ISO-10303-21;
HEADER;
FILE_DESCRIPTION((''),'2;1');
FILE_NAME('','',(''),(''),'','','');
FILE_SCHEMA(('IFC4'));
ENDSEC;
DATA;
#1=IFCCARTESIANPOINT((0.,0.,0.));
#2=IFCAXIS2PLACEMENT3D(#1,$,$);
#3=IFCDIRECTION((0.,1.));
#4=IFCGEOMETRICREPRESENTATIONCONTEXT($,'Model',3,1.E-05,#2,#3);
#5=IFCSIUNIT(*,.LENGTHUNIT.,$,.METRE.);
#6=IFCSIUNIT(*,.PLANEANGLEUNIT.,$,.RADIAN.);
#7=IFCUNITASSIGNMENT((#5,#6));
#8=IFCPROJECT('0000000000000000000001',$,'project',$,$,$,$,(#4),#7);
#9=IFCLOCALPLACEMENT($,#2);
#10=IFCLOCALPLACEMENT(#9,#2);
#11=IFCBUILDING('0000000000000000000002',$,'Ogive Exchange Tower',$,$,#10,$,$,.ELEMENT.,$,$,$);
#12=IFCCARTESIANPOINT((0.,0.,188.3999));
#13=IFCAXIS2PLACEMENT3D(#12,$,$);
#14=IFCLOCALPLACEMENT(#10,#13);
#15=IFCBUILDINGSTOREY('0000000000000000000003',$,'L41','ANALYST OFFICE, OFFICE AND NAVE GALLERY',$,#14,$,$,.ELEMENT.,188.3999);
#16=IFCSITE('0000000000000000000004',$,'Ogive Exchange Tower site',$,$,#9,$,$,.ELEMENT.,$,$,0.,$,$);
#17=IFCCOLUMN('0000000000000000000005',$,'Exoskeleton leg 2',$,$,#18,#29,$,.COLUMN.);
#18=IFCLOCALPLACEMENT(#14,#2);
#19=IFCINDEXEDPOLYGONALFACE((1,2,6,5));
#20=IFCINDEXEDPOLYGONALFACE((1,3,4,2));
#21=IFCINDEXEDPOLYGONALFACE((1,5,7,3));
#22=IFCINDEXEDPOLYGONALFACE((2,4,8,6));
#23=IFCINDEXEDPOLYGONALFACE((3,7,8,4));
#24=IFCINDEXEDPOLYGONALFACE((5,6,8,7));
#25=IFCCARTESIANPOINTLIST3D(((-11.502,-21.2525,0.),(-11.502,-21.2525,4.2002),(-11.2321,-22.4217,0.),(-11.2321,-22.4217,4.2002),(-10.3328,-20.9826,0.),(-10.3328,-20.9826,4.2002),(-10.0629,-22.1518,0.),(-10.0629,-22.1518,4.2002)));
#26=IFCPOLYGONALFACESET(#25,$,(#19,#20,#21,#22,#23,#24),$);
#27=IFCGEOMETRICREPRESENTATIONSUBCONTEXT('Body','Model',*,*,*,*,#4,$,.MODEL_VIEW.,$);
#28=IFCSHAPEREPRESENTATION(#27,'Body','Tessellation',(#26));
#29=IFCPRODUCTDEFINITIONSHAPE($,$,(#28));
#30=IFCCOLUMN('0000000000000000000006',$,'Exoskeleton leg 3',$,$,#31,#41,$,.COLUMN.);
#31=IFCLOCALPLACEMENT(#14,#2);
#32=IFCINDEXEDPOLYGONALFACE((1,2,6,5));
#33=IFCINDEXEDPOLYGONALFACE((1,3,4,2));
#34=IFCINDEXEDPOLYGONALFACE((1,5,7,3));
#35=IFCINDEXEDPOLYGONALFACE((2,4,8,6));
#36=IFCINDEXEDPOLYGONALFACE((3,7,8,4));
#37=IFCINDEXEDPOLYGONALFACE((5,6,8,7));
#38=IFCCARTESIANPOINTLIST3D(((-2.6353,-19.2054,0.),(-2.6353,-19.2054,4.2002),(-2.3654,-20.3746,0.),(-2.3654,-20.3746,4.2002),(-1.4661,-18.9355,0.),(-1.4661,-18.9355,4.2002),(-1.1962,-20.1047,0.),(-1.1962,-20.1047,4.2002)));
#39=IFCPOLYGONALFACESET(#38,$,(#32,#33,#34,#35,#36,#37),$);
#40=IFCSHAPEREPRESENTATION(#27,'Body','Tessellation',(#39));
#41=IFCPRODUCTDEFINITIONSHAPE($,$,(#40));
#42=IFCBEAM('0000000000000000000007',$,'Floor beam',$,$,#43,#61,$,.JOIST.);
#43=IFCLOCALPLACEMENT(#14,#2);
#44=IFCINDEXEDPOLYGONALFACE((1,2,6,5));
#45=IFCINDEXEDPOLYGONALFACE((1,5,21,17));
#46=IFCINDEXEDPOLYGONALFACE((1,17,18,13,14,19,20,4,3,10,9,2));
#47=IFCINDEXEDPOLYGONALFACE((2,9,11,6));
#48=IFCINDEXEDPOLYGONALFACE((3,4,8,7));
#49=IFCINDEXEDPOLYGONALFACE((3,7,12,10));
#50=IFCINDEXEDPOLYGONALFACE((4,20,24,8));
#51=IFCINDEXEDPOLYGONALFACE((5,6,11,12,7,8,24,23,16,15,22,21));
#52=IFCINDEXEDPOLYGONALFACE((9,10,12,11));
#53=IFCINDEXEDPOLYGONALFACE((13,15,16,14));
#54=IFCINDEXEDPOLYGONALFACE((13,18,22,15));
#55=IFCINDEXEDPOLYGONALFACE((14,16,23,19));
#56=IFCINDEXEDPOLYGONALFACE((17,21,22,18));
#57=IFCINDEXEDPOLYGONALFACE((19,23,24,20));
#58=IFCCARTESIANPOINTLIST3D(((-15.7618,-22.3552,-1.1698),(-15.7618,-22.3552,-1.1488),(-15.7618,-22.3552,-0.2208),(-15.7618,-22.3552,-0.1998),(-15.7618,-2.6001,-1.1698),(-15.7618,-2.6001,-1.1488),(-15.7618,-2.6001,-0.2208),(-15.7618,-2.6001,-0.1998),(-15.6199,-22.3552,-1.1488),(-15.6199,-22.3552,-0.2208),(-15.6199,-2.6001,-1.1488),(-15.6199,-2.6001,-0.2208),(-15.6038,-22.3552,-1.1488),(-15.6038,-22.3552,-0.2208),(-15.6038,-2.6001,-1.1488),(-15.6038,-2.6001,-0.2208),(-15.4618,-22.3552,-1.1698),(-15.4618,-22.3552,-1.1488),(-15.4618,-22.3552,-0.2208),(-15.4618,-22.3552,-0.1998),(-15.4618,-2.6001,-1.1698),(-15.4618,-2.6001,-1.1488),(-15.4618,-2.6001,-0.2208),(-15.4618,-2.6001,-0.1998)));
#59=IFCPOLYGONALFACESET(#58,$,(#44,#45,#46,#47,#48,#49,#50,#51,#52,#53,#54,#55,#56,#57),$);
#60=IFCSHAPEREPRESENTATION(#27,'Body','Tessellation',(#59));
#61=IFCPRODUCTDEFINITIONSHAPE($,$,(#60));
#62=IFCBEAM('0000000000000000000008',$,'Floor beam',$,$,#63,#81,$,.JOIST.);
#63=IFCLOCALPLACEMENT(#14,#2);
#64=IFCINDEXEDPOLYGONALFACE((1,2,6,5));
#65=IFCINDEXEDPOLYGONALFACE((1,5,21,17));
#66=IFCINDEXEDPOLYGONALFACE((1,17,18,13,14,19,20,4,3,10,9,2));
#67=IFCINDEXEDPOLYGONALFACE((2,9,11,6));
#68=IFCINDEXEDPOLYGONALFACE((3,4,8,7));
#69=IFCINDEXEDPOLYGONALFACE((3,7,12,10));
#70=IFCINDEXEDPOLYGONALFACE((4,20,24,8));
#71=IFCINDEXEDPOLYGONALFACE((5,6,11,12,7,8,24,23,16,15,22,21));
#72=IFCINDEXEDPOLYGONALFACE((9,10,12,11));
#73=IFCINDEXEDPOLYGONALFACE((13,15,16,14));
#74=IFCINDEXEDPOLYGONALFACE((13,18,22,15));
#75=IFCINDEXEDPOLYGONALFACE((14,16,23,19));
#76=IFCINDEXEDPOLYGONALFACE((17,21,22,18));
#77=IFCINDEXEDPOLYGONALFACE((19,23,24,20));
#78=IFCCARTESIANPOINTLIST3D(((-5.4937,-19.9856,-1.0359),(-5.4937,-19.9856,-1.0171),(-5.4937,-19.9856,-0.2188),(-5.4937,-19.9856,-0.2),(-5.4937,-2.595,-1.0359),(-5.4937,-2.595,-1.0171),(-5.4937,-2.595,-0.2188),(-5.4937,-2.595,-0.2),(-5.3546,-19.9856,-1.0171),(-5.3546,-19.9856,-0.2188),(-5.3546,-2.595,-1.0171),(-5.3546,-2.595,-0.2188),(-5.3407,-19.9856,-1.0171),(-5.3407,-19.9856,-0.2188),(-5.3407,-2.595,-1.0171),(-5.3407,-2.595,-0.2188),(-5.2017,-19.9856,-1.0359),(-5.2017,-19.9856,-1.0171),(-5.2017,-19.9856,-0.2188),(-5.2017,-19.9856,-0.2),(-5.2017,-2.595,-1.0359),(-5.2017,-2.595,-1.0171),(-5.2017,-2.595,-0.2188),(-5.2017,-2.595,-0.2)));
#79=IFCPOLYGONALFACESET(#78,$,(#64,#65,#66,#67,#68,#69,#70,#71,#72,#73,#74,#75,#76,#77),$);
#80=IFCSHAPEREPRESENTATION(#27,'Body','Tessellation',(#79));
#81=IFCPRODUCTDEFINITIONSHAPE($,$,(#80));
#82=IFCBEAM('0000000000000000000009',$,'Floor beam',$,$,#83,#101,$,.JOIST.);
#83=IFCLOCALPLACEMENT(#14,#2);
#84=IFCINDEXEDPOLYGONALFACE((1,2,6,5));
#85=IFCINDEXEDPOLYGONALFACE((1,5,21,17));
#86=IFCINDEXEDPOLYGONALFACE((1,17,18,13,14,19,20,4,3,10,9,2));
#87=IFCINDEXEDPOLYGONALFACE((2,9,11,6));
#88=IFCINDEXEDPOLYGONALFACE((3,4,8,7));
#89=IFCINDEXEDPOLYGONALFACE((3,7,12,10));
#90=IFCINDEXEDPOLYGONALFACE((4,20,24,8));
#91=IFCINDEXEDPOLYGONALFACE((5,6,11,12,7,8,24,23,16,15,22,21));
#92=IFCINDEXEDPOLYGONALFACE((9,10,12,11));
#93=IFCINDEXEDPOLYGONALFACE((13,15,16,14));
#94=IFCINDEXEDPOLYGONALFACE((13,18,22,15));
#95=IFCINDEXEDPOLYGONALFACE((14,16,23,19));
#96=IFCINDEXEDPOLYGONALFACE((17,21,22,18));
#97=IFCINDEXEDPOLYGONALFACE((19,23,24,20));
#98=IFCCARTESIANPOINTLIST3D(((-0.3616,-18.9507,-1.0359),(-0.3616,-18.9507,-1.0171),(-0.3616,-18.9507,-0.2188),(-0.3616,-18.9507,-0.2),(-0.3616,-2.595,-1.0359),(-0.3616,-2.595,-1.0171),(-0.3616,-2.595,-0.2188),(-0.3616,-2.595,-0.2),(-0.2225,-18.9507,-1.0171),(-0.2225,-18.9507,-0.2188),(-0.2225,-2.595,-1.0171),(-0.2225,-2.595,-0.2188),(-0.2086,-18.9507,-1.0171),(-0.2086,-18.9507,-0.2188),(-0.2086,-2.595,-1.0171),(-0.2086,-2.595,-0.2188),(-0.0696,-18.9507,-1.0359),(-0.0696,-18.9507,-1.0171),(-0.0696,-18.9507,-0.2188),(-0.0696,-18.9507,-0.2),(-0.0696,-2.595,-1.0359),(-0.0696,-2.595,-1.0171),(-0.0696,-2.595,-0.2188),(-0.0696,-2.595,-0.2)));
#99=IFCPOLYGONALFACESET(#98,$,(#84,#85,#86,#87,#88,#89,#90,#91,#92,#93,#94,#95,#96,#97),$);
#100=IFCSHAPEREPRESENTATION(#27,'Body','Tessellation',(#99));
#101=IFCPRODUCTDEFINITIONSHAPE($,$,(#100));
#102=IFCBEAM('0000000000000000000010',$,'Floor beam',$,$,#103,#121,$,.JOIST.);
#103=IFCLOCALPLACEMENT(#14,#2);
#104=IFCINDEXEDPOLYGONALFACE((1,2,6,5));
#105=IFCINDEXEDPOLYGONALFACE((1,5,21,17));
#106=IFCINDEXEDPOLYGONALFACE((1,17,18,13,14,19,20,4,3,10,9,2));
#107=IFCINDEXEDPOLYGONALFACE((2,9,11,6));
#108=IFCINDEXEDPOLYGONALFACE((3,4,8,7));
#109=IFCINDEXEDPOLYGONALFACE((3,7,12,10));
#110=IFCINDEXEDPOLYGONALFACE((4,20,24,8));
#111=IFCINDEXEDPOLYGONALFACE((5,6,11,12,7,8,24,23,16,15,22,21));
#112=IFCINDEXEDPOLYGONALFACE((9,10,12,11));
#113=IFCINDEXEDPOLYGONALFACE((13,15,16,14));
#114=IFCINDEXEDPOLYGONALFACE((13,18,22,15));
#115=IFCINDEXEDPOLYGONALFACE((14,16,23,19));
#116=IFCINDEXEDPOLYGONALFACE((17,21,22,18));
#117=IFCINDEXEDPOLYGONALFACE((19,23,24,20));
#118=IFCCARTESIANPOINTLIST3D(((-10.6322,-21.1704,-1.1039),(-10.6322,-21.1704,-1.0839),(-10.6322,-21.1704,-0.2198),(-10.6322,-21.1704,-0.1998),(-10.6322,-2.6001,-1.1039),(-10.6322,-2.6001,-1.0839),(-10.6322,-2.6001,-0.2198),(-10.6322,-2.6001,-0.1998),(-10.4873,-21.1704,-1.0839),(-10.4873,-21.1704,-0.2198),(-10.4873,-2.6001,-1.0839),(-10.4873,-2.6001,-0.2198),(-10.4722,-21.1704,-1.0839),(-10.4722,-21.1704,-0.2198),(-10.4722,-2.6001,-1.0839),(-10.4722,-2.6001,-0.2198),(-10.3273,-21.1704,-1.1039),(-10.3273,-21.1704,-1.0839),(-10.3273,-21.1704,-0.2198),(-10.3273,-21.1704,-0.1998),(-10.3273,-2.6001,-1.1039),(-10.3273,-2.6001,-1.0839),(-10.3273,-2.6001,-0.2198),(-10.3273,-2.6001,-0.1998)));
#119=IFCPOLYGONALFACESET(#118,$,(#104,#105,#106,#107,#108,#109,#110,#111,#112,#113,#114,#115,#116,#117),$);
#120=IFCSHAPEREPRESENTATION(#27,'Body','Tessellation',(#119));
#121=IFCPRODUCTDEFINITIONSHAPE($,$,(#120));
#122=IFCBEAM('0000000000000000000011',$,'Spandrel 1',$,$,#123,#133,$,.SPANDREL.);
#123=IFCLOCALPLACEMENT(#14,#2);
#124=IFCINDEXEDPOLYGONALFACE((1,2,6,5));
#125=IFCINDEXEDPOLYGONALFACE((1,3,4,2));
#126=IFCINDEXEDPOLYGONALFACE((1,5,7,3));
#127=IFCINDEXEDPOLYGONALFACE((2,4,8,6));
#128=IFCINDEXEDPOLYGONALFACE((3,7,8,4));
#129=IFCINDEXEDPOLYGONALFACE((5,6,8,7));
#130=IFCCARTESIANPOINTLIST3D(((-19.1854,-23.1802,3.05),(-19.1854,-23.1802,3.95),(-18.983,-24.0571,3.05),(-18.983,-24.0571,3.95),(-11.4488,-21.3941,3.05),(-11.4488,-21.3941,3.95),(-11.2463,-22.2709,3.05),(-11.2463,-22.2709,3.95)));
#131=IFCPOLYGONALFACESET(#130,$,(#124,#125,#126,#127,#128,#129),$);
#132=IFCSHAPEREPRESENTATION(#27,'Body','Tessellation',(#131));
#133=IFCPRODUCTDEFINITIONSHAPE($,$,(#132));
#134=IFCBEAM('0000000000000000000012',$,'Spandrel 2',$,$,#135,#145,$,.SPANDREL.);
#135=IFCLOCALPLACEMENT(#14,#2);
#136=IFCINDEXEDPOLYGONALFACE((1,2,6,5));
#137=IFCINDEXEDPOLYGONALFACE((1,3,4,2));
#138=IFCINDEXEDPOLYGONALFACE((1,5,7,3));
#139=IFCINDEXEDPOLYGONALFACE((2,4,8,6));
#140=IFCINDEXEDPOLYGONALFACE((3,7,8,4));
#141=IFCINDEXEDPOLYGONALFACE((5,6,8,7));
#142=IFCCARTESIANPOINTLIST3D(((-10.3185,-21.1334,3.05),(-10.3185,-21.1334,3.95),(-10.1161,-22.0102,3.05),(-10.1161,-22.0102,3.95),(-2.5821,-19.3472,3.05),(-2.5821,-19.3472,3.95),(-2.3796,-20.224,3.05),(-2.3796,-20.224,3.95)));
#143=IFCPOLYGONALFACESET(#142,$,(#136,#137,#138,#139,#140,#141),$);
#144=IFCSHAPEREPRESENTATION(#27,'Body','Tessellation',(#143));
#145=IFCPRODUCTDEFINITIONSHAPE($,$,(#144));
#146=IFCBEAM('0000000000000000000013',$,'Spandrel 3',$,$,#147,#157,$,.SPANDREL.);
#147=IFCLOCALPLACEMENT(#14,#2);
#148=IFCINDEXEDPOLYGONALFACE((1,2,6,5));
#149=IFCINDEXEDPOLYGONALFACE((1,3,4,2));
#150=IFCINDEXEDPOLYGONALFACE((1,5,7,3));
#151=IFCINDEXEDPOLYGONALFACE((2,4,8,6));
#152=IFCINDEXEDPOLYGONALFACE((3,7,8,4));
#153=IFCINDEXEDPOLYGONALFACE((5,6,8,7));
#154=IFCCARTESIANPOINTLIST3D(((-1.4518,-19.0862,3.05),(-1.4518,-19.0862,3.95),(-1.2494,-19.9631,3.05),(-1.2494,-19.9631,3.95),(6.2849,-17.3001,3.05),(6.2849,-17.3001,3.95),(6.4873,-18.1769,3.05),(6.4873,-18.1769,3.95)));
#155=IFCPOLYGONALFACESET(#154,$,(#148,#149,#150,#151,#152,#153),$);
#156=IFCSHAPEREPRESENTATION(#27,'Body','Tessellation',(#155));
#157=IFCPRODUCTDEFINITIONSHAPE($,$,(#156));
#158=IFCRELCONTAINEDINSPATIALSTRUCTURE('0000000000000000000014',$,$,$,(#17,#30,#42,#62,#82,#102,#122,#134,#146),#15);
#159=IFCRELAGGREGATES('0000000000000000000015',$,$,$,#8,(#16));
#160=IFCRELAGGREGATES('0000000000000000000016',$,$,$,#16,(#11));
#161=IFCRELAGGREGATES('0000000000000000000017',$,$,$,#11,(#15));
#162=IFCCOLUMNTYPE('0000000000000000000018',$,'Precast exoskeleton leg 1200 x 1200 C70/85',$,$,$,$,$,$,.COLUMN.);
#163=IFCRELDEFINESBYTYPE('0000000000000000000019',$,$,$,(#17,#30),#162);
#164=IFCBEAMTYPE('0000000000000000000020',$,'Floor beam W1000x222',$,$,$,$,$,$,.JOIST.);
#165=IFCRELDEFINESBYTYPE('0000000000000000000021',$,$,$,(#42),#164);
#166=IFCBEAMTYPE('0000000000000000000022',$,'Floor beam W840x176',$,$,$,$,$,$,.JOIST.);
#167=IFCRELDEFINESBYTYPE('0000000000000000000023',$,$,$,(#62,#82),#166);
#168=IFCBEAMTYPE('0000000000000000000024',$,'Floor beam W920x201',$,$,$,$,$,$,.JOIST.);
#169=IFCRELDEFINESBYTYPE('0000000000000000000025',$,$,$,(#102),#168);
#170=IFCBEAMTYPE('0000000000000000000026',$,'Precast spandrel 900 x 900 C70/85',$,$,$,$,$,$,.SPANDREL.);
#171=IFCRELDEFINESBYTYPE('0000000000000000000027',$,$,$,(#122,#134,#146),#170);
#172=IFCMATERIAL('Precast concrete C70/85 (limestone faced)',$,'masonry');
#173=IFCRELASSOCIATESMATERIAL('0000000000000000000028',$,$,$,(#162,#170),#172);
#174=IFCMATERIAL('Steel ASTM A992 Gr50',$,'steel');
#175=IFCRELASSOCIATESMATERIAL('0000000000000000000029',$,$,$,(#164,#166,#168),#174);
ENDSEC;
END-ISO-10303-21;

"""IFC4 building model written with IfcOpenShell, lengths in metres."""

from ifc_helpers import new_model, si_unit, direction, frame, origin, origin_2d, place, context, subcontext, project, spatial, rectangle, i_section, extrude, material, material_profile, profile_set, type_object, element, save


model = new_model("IFC4")

# Units and contexts
model_context = context("Model", 3, precision=1e-05, world=origin(), true_north=direction((0.0, 1.0)))
body_context = subcontext(model_context, "Body", "Model", "MODEL_VIEW")
ifc_project = project(units=[si_unit("LENGTHUNIT", "METRE"), si_unit("PLANEANGLEUNIT", "RADIAN")], contexts=[model_context])

# Site, building, storey
site_placement = place(None, origin())
site = spatial("IfcSite", under=ifc_project, at=site_placement, Name="Ogive Exchange Tower site", CompositionType="ELEMENT", RefElevation=0.0)
building_placement = place(site_placement, origin())
building = spatial("IfcBuilding", under=site, at=building_placement, Name="Ogive Exchange Tower", CompositionType="ELEMENT")
storey_placement = place(building_placement, frame((0.0, 0.0, 188.3999)))
storey = spatial("IfcBuildingStorey", under=building, at=storey_placement, Name="L41", Description="ANALYST OFFICE, OFFICE AND NAVE GALLERY", CompositionType="ELEMENT", Elevation=188.3999)

# Columns
ifc_material_1 = material(Name="Precast concrete C70/85 (limestone faced)", Category="masonry")
ifc_material_profile_1 = material_profile(ifc_material_1, rectangle(XDim=1.2, YDim=1.2, at=origin_2d()), Name="1200 x 1200")
ifc_profile_set_1 = profile_set([ifc_material_profile_1], Name="Precast concrete C70/85 (limestone faced)")
column_type = type_object("IfcColumnType", Name="Precast exoskeleton leg 1200 x 1200 C70/85", PredefinedType="COLUMN", material=ifc_profile_set_1)
for number, where, z_axis, x_axis, name in (
    (1, (-10.7825, -21.7021, 0.0), (0.0, 0.0, 1.0), (0.97437, 0.224951, 0.0), "Exoskeleton leg 2"),
    (2, (-1.9158, -19.655, 0.0), (0.0, 0.0, 1.0), (0.97437, 0.224951, 0.0), "Exoskeleton leg 3"),
):
    element("IfcColumn", number, at=place(storey_placement, frame(where, z_axis=z_axis, x_axis=x_axis)), inside=storey, type_object=column_type, Name=name, PredefinedType="COLUMN", context=body_context, shape_type="SweptSolid", body=[
        extrude(rectangle(XDim=1.2, YDim=1.2, at=origin_2d()), origin(), (0.0, 0.0, 1.0), 4.2002),
    ])

# Beams
ifc_material_2 = material(Name="Steel ASTM A992 Gr50", Category="steel")
ifc_material_profile_2 = material_profile(ifc_material_2, i_section(OverallWidth=0.3, OverallDepth=0.97, WebThickness=0.0161, FlangeThickness=0.021, at=origin_2d()), Name="W1000x222")
ifc_profile_set_2 = profile_set([ifc_material_profile_2], Name="Steel ASTM A992 Gr50")
beam_type_1 = type_object("IfcBeamType", Name="Floor beam W1000x222", PredefinedType="JOIST", material=ifc_profile_set_2)
beam_1_placement = place(storey_placement, frame((-15.6118, -22.3552, -0.6848), z_axis=(0.0, 1.0, 0.0), x_axis=(-1.0, 0.0, 0.0)))
element("IfcBeam", 3, at=beam_1_placement, inside=storey, type_object=beam_type_1, Name="Floor beam", PredefinedType="JOIST", context=body_context, shape_type="SweptSolid", body=[
    extrude(i_section(OverallWidth=0.3, OverallDepth=0.97, WebThickness=0.0161, FlangeThickness=0.021, at=origin_2d()), origin(), (0.0, 0.0, 1.0), 19.7551),
])
ifc_material_profile_3 = material_profile(ifc_material_2, i_section(OverallWidth=0.292, OverallDepth=0.8359, WebThickness=0.0139, FlangeThickness=0.0188, at=origin_2d()), Name="W840x176")
ifc_profile_set_3 = profile_set([ifc_material_profile_3], Name="Steel ASTM A992 Gr50")
beam_type_2 = type_object("IfcBeamType", Name="Floor beam W840x176", PredefinedType="JOIST", material=ifc_profile_set_3)
beam_2_placement = place(storey_placement, frame((-5.3477, -19.9856, -0.6179), z_axis=(0.0, 1.0, 0.0), x_axis=(-1.0, 0.0, 0.0)))
element("IfcBeam", 4, at=beam_2_placement, inside=storey, type_object=beam_type_2, Name="Floor beam", PredefinedType="JOIST", context=body_context, shape_type="SweptSolid", body=[
    extrude(i_section(OverallWidth=0.292, OverallDepth=0.8359, WebThickness=0.0139, FlangeThickness=0.0188, at=origin_2d()), origin(), (0.0, 0.0, 1.0), 17.3906),
])
beam_3_placement = place(storey_placement, frame((-0.2156, -18.9507, -0.6179), z_axis=(0.0, 1.0, 0.0), x_axis=(-1.0, 0.0, 0.0)))
element("IfcBeam", 5, at=beam_3_placement, inside=storey, type_object=beam_type_2, Name="Floor beam", PredefinedType="JOIST", context=body_context, shape_type="SweptSolid", body=[
    extrude(i_section(OverallWidth=0.292, OverallDepth=0.8359, WebThickness=0.0139, FlangeThickness=0.0188, at=origin_2d()), origin(), (0.0, 0.0, 1.0), 16.3557),
])
ifc_material_profile_4 = material_profile(ifc_material_2, i_section(OverallWidth=0.3049, OverallDepth=0.9041, WebThickness=0.0151, FlangeThickness=0.02, at=origin_2d()), Name="W920x201")
ifc_profile_set_4 = profile_set([ifc_material_profile_4], Name="Steel ASTM A992 Gr50")
beam_type_3 = type_object("IfcBeamType", Name="Floor beam W920x201", PredefinedType="JOIST", material=ifc_profile_set_4)
beam_4_placement = place(storey_placement, frame((-10.4797, -21.1704, -0.6519), z_axis=(0.0, 1.0, 0.0), x_axis=(-1.0, 0.0, 0.0)))
element("IfcBeam", 6, at=beam_4_placement, inside=storey, type_object=beam_type_3, Name="Floor beam", PredefinedType="JOIST", context=body_context, shape_type="SweptSolid", body=[
    extrude(i_section(OverallWidth=0.3049, OverallDepth=0.9041, WebThickness=0.0151, FlangeThickness=0.02, at=origin_2d()), origin(), (0.0, 0.0, 1.0), 18.5703),
])
ifc_material_profile_5 = material_profile(ifc_material_1, rectangle(XDim=0.8999, YDim=0.8999, at=origin_2d()), Name="900 x 900")
ifc_profile_set_5 = profile_set([ifc_material_profile_5], Name="Precast concrete C70/85 (limestone faced)")
beam_type_4 = type_object("IfcBeamType", Name="Precast spandrel 900 x 900 C70/85", PredefinedType="SPANDREL", material=ifc_profile_set_5)
beam_5_placement = place(storey_placement, frame((-19.0842, -23.6187, 3.5), z_axis=(0.97437, 0.224952, 0.0), x_axis=(-0.224952, 0.97437, 0.0)))
element("IfcBeam", 7, at=beam_5_placement, inside=storey, type_object=beam_type_4, Name="Spandrel 1", PredefinedType="SPANDREL", context=body_context, shape_type="SweptSolid", body=[
    extrude(rectangle(XDim=0.8999, YDim=0.8999, at=origin_2d()), origin(), (0.0, 0.0, 1.0), 7.9402),
])
beam_6_placement = place(storey_placement, frame((-10.2173, -21.5718, 3.5), z_axis=(0.974368, 0.224958, 0.0), x_axis=(-0.224958, 0.974368, 0.0)))
element("IfcBeam", 8, at=beam_6_placement, inside=storey, type_object=beam_type_4, Name="Spandrel 2", PredefinedType="SPANDREL", context=body_context, shape_type="SweptSolid", body=[
    extrude(rectangle(XDim=0.8999, YDim=0.8999, at=origin_2d()), origin(), (0.0, 0.0, 1.0), 7.9399),
])
beam_7_placement = place(storey_placement, frame((-1.3506, -19.5247, 3.5), z_axis=(0.97437, 0.224952, 0.0), x_axis=(-0.224952, 0.97437, 0.0)))
element("IfcBeam", 9, at=beam_7_placement, inside=storey, type_object=beam_type_4, Name="Spandrel 3", PredefinedType="SPANDREL", context=body_context, shape_type="SweptSolid", body=[
    extrude(rectangle(XDim=0.8999, YDim=0.8999, at=origin_2d()), origin(), (0.0, 0.0, 1.0), 7.9402),
])

save(model, "model.ifc")
